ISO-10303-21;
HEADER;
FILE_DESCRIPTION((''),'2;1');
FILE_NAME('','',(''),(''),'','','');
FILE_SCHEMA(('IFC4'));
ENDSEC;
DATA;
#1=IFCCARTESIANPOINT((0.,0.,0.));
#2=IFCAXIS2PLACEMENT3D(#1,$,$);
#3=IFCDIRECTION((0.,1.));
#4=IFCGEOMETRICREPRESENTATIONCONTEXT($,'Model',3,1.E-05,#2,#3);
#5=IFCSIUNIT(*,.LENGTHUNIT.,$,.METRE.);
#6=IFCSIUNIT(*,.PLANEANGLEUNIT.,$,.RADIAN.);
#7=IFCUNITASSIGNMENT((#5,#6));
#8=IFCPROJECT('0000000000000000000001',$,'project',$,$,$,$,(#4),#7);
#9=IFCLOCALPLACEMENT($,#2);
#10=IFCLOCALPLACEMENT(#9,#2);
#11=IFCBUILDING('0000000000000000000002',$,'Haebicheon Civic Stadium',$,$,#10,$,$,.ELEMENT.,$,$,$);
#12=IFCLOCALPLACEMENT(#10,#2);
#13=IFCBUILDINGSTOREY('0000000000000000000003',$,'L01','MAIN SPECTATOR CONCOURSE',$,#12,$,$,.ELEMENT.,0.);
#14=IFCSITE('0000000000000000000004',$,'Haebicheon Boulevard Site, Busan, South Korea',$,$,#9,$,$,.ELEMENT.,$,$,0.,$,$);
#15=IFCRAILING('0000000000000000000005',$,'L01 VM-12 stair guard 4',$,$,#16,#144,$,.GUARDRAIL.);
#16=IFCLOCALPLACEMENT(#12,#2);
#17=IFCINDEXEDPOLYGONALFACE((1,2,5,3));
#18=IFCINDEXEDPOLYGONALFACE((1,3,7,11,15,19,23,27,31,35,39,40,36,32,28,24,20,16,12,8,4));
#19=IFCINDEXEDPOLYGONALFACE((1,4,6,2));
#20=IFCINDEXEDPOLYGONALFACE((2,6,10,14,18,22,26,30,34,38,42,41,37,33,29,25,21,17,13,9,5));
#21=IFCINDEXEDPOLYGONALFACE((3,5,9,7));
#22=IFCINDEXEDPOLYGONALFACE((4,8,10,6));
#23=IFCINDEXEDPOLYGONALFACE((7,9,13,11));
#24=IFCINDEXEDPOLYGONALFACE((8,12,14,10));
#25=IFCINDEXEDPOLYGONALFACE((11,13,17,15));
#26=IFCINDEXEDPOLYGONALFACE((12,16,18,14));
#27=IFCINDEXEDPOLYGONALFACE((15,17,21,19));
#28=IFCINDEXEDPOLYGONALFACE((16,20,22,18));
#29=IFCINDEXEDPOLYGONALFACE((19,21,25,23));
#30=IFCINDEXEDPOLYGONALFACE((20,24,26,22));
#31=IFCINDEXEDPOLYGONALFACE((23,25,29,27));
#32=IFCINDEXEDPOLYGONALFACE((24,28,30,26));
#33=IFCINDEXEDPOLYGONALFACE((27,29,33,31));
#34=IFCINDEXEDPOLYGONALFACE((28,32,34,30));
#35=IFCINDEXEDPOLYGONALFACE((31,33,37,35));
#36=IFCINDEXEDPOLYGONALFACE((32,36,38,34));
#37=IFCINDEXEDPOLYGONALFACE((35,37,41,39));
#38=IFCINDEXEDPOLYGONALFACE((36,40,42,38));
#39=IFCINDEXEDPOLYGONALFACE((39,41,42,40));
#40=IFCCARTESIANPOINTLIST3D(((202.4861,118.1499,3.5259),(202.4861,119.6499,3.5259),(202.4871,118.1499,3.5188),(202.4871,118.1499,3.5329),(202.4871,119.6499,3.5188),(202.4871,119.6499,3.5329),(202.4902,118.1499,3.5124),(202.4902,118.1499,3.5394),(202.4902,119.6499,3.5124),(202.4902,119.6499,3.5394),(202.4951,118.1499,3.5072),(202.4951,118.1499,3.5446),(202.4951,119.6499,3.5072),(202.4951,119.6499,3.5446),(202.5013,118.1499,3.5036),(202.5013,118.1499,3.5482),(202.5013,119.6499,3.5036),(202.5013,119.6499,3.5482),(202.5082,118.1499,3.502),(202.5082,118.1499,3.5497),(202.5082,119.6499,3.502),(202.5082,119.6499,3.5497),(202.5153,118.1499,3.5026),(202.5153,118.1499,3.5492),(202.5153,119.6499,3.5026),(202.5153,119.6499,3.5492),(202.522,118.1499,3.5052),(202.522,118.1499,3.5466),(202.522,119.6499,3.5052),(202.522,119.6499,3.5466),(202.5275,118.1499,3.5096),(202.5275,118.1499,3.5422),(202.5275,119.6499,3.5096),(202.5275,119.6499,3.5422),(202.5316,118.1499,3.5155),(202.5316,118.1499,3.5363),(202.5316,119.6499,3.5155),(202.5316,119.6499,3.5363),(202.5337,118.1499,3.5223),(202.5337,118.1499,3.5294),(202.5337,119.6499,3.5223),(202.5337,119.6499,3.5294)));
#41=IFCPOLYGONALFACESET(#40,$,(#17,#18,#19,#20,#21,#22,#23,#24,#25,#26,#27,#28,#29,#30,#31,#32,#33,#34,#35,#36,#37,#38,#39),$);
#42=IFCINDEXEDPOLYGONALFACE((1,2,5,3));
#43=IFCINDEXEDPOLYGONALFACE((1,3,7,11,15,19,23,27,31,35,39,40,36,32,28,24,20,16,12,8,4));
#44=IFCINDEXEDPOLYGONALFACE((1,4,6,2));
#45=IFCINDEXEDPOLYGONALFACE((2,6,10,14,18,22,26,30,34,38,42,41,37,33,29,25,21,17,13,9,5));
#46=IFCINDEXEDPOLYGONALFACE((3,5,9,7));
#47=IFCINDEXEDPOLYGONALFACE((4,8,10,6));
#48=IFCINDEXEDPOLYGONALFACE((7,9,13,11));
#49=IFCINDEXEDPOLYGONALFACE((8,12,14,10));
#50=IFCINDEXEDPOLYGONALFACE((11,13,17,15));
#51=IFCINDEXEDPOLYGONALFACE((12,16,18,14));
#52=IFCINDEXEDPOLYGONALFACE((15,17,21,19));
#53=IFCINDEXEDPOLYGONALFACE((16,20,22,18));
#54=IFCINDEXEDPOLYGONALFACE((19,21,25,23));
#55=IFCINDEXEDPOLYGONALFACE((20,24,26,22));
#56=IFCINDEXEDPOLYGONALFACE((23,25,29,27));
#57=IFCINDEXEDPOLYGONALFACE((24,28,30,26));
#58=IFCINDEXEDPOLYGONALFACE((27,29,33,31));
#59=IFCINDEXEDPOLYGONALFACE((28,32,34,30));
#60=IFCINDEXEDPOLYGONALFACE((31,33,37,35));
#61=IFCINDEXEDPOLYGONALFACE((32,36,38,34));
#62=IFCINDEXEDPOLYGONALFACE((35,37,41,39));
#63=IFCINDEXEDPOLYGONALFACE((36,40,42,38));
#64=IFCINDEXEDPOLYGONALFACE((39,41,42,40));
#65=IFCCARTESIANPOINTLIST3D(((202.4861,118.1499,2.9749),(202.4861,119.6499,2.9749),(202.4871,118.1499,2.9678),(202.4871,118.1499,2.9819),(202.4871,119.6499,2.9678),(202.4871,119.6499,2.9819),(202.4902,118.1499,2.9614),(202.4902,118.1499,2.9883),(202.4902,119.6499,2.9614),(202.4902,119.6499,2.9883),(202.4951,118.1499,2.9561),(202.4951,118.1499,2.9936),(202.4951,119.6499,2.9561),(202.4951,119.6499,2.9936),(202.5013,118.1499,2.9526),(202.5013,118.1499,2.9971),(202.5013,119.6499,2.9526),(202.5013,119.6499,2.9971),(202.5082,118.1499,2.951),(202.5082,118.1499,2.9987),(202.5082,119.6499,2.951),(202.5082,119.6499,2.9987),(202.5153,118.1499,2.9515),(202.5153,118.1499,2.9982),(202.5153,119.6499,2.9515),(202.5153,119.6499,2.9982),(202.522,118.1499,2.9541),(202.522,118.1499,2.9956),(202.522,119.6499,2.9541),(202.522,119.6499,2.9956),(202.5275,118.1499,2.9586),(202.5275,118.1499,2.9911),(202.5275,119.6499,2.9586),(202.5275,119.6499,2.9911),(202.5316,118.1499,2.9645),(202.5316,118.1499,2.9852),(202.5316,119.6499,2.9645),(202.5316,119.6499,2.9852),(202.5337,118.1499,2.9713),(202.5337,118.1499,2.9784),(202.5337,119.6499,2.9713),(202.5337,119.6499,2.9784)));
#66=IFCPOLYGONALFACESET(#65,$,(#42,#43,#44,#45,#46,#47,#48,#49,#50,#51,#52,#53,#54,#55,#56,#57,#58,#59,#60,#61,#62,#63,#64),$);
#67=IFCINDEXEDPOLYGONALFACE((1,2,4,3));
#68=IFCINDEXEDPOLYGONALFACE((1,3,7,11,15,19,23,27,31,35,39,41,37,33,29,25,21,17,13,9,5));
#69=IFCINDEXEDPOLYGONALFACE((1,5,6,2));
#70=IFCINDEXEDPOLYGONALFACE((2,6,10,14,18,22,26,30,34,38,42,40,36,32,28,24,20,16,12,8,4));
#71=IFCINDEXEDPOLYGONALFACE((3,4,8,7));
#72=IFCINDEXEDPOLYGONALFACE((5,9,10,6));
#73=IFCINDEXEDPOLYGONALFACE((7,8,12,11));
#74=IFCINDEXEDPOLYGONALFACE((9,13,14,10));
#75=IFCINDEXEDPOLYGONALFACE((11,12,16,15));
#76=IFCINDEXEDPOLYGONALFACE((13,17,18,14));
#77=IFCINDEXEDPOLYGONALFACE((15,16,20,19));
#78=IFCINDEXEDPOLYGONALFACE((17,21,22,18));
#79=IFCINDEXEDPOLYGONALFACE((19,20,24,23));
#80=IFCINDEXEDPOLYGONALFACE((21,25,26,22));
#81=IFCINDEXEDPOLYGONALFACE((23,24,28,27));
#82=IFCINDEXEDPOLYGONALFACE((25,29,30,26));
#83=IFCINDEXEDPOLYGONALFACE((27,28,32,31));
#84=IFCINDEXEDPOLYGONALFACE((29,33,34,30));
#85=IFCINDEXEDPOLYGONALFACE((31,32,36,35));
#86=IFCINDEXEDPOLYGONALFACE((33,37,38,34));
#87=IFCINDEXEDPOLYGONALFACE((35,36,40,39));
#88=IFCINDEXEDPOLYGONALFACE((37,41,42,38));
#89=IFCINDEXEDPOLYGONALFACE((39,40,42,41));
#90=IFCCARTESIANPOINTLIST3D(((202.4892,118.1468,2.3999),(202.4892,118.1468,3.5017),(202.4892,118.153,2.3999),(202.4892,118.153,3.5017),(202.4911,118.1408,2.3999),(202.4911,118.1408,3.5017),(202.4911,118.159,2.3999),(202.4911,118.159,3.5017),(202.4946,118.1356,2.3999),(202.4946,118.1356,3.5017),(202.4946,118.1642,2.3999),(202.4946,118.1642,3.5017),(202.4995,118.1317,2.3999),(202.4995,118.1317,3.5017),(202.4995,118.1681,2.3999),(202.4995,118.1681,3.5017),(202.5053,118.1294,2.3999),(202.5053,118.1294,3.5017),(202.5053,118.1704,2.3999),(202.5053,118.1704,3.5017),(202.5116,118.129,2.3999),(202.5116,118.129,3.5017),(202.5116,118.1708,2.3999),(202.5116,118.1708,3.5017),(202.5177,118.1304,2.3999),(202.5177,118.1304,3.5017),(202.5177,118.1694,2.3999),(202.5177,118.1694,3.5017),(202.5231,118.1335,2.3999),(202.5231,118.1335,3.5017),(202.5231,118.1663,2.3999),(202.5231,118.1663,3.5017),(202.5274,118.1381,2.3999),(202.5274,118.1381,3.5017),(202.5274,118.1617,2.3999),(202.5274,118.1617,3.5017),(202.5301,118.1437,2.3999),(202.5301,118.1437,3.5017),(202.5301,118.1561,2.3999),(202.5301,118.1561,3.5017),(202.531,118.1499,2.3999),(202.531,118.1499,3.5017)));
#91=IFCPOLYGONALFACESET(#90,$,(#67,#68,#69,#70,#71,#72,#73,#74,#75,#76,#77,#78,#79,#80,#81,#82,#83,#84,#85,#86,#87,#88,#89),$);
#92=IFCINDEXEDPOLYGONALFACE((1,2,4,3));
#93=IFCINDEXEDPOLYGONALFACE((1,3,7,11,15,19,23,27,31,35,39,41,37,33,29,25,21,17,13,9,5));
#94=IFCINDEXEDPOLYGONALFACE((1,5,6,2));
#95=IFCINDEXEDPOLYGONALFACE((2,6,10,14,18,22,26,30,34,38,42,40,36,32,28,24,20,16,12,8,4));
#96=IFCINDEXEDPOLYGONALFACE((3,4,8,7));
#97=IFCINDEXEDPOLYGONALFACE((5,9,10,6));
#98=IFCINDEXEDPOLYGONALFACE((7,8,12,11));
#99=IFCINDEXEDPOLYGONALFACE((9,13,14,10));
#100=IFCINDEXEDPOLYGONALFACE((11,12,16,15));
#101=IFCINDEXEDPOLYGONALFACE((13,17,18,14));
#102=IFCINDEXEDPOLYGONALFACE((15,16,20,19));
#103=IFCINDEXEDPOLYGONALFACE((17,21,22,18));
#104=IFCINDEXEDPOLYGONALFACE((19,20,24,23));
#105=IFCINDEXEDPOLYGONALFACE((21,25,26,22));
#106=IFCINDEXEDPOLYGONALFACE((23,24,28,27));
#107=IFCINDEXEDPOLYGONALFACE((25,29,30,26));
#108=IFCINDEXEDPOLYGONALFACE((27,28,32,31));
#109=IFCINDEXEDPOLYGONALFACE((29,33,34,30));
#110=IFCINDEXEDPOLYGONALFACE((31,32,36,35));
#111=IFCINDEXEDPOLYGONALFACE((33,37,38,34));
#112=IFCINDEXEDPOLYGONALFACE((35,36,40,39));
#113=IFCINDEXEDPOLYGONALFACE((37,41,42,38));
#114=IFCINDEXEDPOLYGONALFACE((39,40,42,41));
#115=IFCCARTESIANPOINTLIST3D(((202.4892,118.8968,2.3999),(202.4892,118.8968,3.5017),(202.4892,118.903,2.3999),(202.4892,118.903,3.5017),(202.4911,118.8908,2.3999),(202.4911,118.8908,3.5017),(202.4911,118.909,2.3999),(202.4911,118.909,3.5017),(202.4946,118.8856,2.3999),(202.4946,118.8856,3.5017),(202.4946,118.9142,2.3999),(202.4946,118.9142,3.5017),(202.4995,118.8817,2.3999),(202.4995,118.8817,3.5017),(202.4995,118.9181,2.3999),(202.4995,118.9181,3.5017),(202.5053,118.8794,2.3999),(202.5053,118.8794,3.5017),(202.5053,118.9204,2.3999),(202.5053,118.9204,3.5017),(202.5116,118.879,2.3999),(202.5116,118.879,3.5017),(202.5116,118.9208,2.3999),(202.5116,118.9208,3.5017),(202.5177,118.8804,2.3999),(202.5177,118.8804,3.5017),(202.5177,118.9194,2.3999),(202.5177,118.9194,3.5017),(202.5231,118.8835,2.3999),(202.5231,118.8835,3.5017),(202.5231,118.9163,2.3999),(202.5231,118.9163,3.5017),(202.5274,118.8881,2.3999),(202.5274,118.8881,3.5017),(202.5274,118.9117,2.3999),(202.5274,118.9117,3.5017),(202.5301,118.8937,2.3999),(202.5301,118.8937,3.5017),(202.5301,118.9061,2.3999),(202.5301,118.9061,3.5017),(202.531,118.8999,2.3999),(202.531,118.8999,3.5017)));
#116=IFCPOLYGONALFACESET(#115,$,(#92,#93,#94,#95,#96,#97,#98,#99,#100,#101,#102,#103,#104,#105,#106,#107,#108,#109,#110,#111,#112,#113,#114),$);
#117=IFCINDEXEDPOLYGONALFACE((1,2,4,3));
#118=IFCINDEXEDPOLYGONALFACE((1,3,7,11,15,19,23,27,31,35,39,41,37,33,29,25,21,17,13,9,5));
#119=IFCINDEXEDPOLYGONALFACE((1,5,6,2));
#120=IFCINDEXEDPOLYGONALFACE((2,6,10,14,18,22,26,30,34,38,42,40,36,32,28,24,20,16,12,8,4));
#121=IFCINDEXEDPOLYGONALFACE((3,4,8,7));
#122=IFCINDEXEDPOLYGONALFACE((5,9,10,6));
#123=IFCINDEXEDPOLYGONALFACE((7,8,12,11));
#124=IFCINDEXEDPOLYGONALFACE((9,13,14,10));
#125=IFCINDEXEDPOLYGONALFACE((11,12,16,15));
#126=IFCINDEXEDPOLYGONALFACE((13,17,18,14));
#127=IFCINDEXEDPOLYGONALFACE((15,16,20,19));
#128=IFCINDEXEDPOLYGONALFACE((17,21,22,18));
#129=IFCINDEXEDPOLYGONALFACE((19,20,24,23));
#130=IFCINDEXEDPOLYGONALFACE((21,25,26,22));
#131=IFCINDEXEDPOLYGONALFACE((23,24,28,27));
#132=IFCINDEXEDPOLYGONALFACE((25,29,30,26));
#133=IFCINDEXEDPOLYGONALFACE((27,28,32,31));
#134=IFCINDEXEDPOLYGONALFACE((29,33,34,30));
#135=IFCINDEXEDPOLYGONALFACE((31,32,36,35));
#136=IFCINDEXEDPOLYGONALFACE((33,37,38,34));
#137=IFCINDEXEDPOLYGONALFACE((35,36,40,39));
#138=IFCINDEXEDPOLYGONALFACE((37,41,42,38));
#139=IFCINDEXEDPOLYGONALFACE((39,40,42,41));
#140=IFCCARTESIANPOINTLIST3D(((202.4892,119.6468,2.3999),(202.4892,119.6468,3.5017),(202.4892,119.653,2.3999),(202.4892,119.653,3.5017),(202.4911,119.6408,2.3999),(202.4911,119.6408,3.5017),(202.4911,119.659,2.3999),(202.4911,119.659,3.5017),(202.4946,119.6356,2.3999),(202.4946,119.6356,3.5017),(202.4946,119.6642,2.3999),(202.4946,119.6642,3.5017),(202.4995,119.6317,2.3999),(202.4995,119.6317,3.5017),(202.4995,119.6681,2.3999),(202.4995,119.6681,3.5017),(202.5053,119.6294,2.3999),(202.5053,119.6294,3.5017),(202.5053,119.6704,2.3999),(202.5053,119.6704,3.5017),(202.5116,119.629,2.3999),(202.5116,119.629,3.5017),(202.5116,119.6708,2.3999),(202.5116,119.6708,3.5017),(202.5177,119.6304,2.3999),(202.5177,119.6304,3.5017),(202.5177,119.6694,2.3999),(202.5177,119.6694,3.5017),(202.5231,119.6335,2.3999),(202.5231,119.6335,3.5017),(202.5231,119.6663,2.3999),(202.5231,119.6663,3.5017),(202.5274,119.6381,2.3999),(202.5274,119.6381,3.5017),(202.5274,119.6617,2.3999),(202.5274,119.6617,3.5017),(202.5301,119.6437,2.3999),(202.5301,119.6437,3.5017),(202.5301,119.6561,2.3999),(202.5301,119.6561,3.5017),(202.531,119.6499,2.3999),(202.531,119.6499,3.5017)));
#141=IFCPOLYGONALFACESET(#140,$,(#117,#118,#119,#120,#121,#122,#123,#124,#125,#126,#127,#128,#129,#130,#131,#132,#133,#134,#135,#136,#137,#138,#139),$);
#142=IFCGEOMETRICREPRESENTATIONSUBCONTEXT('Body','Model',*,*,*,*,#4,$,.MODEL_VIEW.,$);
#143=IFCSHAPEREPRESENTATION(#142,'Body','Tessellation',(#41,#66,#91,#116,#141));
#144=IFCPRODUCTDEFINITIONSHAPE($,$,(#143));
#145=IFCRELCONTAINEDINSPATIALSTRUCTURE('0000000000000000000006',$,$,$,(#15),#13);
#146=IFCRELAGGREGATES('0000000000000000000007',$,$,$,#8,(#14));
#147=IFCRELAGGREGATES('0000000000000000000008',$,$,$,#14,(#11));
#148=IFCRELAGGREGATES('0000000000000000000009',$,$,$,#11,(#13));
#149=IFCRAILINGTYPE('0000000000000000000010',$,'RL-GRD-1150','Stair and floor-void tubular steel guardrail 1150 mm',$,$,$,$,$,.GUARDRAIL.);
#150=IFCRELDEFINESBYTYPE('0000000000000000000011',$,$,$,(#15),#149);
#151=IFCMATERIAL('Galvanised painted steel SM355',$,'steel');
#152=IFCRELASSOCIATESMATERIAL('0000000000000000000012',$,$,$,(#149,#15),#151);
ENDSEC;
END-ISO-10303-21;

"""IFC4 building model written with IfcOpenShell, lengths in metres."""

from ifc_helpers import new_model, si_unit, direction, frame, origin, origin_2d, place, context, subcontext, project, spatial, circle, extrude, material, type_object, element, save


model = new_model("IFC4")

# Units and contexts
model_context = context("Model", 3, precision=1e-05, world=origin(), true_north=direction((0.0, 1.0)))
body_context = subcontext(model_context, "Body", "Model", "MODEL_VIEW")
ifc_project = project(units=[si_unit("LENGTHUNIT", "METRE"), si_unit("PLANEANGLEUNIT", "RADIAN")], contexts=[model_context])

# Site, building, storey
site_placement = place(None, origin())
site = spatial("IfcSite", under=ifc_project, at=site_placement, Name="Haebicheon Boulevard Site, Busan, South Korea", CompositionType="ELEMENT", RefElevation=0.0)
building_placement = place(site_placement, origin())
building = spatial("IfcBuilding", under=site, at=building_placement, Name="Haebicheon Civic Stadium", CompositionType="ELEMENT")
storey_placement = place(building_placement, origin())
storey = spatial("IfcBuildingStorey", under=building, at=storey_placement, Name="L01", Description="MAIN SPECTATOR CONCOURSE", CompositionType="ELEMENT", Elevation=0.0)

# Railing
ifc_material_1 = material(Name="Galvanised painted steel SM355", Category="steel")
railing_type_1 = type_object("IfcRailingType", Name="RL-GRD-1150", Description="Stair and floor-void tubular steel guardrail 1150 mm", PredefinedType="GUARDRAIL", material=ifc_material_1)
for number, where, name in (
    (1, (202.51, 118.1499, 2.3999), "L01 VM-12 stair guard 4"),
):
    element("IfcRailing", number, at=place(storey_placement, frame(where)), inside=storey, type_object=railing_type_1, material=ifc_material_1, Name=name, PredefinedType="GUARDRAIL", context=body_context, shape_type="SweptSolid", body=[
        extrude(circle(Radius=0.0239, at=origin_2d()), frame((0.0, 0.0, 1.126), z_axis=(0.0, 1.0, 0.0), x_axis=(-1.0, 0.0, 0.0)), (0.0, 0.0, 1.0), 1.5),
        extrude(circle(Radius=0.0239, at=origin_2d()), frame((0.0, 0.0, 0.575), z_axis=(0.0, 1.0, 0.0), x_axis=(-1.0, 0.0, 0.0)), (0.0, 0.0, 1.0), 1.5),
        extrude(circle(Radius=0.021, at=origin_2d()), origin(), (0.0, 0.0, 1.0), 1.1018),
        extrude(circle(Radius=0.021, at=origin_2d()), frame((0.0, 0.75, 0.0)), (0.0, 0.0, 1.0), 1.1018),
        extrude(circle(Radius=0.021, at=origin_2d()), frame((0.0, 1.5, 0.0)), (0.0, 0.0, 1.0), 1.1018),
    ])

save(model, "model.ifc")
